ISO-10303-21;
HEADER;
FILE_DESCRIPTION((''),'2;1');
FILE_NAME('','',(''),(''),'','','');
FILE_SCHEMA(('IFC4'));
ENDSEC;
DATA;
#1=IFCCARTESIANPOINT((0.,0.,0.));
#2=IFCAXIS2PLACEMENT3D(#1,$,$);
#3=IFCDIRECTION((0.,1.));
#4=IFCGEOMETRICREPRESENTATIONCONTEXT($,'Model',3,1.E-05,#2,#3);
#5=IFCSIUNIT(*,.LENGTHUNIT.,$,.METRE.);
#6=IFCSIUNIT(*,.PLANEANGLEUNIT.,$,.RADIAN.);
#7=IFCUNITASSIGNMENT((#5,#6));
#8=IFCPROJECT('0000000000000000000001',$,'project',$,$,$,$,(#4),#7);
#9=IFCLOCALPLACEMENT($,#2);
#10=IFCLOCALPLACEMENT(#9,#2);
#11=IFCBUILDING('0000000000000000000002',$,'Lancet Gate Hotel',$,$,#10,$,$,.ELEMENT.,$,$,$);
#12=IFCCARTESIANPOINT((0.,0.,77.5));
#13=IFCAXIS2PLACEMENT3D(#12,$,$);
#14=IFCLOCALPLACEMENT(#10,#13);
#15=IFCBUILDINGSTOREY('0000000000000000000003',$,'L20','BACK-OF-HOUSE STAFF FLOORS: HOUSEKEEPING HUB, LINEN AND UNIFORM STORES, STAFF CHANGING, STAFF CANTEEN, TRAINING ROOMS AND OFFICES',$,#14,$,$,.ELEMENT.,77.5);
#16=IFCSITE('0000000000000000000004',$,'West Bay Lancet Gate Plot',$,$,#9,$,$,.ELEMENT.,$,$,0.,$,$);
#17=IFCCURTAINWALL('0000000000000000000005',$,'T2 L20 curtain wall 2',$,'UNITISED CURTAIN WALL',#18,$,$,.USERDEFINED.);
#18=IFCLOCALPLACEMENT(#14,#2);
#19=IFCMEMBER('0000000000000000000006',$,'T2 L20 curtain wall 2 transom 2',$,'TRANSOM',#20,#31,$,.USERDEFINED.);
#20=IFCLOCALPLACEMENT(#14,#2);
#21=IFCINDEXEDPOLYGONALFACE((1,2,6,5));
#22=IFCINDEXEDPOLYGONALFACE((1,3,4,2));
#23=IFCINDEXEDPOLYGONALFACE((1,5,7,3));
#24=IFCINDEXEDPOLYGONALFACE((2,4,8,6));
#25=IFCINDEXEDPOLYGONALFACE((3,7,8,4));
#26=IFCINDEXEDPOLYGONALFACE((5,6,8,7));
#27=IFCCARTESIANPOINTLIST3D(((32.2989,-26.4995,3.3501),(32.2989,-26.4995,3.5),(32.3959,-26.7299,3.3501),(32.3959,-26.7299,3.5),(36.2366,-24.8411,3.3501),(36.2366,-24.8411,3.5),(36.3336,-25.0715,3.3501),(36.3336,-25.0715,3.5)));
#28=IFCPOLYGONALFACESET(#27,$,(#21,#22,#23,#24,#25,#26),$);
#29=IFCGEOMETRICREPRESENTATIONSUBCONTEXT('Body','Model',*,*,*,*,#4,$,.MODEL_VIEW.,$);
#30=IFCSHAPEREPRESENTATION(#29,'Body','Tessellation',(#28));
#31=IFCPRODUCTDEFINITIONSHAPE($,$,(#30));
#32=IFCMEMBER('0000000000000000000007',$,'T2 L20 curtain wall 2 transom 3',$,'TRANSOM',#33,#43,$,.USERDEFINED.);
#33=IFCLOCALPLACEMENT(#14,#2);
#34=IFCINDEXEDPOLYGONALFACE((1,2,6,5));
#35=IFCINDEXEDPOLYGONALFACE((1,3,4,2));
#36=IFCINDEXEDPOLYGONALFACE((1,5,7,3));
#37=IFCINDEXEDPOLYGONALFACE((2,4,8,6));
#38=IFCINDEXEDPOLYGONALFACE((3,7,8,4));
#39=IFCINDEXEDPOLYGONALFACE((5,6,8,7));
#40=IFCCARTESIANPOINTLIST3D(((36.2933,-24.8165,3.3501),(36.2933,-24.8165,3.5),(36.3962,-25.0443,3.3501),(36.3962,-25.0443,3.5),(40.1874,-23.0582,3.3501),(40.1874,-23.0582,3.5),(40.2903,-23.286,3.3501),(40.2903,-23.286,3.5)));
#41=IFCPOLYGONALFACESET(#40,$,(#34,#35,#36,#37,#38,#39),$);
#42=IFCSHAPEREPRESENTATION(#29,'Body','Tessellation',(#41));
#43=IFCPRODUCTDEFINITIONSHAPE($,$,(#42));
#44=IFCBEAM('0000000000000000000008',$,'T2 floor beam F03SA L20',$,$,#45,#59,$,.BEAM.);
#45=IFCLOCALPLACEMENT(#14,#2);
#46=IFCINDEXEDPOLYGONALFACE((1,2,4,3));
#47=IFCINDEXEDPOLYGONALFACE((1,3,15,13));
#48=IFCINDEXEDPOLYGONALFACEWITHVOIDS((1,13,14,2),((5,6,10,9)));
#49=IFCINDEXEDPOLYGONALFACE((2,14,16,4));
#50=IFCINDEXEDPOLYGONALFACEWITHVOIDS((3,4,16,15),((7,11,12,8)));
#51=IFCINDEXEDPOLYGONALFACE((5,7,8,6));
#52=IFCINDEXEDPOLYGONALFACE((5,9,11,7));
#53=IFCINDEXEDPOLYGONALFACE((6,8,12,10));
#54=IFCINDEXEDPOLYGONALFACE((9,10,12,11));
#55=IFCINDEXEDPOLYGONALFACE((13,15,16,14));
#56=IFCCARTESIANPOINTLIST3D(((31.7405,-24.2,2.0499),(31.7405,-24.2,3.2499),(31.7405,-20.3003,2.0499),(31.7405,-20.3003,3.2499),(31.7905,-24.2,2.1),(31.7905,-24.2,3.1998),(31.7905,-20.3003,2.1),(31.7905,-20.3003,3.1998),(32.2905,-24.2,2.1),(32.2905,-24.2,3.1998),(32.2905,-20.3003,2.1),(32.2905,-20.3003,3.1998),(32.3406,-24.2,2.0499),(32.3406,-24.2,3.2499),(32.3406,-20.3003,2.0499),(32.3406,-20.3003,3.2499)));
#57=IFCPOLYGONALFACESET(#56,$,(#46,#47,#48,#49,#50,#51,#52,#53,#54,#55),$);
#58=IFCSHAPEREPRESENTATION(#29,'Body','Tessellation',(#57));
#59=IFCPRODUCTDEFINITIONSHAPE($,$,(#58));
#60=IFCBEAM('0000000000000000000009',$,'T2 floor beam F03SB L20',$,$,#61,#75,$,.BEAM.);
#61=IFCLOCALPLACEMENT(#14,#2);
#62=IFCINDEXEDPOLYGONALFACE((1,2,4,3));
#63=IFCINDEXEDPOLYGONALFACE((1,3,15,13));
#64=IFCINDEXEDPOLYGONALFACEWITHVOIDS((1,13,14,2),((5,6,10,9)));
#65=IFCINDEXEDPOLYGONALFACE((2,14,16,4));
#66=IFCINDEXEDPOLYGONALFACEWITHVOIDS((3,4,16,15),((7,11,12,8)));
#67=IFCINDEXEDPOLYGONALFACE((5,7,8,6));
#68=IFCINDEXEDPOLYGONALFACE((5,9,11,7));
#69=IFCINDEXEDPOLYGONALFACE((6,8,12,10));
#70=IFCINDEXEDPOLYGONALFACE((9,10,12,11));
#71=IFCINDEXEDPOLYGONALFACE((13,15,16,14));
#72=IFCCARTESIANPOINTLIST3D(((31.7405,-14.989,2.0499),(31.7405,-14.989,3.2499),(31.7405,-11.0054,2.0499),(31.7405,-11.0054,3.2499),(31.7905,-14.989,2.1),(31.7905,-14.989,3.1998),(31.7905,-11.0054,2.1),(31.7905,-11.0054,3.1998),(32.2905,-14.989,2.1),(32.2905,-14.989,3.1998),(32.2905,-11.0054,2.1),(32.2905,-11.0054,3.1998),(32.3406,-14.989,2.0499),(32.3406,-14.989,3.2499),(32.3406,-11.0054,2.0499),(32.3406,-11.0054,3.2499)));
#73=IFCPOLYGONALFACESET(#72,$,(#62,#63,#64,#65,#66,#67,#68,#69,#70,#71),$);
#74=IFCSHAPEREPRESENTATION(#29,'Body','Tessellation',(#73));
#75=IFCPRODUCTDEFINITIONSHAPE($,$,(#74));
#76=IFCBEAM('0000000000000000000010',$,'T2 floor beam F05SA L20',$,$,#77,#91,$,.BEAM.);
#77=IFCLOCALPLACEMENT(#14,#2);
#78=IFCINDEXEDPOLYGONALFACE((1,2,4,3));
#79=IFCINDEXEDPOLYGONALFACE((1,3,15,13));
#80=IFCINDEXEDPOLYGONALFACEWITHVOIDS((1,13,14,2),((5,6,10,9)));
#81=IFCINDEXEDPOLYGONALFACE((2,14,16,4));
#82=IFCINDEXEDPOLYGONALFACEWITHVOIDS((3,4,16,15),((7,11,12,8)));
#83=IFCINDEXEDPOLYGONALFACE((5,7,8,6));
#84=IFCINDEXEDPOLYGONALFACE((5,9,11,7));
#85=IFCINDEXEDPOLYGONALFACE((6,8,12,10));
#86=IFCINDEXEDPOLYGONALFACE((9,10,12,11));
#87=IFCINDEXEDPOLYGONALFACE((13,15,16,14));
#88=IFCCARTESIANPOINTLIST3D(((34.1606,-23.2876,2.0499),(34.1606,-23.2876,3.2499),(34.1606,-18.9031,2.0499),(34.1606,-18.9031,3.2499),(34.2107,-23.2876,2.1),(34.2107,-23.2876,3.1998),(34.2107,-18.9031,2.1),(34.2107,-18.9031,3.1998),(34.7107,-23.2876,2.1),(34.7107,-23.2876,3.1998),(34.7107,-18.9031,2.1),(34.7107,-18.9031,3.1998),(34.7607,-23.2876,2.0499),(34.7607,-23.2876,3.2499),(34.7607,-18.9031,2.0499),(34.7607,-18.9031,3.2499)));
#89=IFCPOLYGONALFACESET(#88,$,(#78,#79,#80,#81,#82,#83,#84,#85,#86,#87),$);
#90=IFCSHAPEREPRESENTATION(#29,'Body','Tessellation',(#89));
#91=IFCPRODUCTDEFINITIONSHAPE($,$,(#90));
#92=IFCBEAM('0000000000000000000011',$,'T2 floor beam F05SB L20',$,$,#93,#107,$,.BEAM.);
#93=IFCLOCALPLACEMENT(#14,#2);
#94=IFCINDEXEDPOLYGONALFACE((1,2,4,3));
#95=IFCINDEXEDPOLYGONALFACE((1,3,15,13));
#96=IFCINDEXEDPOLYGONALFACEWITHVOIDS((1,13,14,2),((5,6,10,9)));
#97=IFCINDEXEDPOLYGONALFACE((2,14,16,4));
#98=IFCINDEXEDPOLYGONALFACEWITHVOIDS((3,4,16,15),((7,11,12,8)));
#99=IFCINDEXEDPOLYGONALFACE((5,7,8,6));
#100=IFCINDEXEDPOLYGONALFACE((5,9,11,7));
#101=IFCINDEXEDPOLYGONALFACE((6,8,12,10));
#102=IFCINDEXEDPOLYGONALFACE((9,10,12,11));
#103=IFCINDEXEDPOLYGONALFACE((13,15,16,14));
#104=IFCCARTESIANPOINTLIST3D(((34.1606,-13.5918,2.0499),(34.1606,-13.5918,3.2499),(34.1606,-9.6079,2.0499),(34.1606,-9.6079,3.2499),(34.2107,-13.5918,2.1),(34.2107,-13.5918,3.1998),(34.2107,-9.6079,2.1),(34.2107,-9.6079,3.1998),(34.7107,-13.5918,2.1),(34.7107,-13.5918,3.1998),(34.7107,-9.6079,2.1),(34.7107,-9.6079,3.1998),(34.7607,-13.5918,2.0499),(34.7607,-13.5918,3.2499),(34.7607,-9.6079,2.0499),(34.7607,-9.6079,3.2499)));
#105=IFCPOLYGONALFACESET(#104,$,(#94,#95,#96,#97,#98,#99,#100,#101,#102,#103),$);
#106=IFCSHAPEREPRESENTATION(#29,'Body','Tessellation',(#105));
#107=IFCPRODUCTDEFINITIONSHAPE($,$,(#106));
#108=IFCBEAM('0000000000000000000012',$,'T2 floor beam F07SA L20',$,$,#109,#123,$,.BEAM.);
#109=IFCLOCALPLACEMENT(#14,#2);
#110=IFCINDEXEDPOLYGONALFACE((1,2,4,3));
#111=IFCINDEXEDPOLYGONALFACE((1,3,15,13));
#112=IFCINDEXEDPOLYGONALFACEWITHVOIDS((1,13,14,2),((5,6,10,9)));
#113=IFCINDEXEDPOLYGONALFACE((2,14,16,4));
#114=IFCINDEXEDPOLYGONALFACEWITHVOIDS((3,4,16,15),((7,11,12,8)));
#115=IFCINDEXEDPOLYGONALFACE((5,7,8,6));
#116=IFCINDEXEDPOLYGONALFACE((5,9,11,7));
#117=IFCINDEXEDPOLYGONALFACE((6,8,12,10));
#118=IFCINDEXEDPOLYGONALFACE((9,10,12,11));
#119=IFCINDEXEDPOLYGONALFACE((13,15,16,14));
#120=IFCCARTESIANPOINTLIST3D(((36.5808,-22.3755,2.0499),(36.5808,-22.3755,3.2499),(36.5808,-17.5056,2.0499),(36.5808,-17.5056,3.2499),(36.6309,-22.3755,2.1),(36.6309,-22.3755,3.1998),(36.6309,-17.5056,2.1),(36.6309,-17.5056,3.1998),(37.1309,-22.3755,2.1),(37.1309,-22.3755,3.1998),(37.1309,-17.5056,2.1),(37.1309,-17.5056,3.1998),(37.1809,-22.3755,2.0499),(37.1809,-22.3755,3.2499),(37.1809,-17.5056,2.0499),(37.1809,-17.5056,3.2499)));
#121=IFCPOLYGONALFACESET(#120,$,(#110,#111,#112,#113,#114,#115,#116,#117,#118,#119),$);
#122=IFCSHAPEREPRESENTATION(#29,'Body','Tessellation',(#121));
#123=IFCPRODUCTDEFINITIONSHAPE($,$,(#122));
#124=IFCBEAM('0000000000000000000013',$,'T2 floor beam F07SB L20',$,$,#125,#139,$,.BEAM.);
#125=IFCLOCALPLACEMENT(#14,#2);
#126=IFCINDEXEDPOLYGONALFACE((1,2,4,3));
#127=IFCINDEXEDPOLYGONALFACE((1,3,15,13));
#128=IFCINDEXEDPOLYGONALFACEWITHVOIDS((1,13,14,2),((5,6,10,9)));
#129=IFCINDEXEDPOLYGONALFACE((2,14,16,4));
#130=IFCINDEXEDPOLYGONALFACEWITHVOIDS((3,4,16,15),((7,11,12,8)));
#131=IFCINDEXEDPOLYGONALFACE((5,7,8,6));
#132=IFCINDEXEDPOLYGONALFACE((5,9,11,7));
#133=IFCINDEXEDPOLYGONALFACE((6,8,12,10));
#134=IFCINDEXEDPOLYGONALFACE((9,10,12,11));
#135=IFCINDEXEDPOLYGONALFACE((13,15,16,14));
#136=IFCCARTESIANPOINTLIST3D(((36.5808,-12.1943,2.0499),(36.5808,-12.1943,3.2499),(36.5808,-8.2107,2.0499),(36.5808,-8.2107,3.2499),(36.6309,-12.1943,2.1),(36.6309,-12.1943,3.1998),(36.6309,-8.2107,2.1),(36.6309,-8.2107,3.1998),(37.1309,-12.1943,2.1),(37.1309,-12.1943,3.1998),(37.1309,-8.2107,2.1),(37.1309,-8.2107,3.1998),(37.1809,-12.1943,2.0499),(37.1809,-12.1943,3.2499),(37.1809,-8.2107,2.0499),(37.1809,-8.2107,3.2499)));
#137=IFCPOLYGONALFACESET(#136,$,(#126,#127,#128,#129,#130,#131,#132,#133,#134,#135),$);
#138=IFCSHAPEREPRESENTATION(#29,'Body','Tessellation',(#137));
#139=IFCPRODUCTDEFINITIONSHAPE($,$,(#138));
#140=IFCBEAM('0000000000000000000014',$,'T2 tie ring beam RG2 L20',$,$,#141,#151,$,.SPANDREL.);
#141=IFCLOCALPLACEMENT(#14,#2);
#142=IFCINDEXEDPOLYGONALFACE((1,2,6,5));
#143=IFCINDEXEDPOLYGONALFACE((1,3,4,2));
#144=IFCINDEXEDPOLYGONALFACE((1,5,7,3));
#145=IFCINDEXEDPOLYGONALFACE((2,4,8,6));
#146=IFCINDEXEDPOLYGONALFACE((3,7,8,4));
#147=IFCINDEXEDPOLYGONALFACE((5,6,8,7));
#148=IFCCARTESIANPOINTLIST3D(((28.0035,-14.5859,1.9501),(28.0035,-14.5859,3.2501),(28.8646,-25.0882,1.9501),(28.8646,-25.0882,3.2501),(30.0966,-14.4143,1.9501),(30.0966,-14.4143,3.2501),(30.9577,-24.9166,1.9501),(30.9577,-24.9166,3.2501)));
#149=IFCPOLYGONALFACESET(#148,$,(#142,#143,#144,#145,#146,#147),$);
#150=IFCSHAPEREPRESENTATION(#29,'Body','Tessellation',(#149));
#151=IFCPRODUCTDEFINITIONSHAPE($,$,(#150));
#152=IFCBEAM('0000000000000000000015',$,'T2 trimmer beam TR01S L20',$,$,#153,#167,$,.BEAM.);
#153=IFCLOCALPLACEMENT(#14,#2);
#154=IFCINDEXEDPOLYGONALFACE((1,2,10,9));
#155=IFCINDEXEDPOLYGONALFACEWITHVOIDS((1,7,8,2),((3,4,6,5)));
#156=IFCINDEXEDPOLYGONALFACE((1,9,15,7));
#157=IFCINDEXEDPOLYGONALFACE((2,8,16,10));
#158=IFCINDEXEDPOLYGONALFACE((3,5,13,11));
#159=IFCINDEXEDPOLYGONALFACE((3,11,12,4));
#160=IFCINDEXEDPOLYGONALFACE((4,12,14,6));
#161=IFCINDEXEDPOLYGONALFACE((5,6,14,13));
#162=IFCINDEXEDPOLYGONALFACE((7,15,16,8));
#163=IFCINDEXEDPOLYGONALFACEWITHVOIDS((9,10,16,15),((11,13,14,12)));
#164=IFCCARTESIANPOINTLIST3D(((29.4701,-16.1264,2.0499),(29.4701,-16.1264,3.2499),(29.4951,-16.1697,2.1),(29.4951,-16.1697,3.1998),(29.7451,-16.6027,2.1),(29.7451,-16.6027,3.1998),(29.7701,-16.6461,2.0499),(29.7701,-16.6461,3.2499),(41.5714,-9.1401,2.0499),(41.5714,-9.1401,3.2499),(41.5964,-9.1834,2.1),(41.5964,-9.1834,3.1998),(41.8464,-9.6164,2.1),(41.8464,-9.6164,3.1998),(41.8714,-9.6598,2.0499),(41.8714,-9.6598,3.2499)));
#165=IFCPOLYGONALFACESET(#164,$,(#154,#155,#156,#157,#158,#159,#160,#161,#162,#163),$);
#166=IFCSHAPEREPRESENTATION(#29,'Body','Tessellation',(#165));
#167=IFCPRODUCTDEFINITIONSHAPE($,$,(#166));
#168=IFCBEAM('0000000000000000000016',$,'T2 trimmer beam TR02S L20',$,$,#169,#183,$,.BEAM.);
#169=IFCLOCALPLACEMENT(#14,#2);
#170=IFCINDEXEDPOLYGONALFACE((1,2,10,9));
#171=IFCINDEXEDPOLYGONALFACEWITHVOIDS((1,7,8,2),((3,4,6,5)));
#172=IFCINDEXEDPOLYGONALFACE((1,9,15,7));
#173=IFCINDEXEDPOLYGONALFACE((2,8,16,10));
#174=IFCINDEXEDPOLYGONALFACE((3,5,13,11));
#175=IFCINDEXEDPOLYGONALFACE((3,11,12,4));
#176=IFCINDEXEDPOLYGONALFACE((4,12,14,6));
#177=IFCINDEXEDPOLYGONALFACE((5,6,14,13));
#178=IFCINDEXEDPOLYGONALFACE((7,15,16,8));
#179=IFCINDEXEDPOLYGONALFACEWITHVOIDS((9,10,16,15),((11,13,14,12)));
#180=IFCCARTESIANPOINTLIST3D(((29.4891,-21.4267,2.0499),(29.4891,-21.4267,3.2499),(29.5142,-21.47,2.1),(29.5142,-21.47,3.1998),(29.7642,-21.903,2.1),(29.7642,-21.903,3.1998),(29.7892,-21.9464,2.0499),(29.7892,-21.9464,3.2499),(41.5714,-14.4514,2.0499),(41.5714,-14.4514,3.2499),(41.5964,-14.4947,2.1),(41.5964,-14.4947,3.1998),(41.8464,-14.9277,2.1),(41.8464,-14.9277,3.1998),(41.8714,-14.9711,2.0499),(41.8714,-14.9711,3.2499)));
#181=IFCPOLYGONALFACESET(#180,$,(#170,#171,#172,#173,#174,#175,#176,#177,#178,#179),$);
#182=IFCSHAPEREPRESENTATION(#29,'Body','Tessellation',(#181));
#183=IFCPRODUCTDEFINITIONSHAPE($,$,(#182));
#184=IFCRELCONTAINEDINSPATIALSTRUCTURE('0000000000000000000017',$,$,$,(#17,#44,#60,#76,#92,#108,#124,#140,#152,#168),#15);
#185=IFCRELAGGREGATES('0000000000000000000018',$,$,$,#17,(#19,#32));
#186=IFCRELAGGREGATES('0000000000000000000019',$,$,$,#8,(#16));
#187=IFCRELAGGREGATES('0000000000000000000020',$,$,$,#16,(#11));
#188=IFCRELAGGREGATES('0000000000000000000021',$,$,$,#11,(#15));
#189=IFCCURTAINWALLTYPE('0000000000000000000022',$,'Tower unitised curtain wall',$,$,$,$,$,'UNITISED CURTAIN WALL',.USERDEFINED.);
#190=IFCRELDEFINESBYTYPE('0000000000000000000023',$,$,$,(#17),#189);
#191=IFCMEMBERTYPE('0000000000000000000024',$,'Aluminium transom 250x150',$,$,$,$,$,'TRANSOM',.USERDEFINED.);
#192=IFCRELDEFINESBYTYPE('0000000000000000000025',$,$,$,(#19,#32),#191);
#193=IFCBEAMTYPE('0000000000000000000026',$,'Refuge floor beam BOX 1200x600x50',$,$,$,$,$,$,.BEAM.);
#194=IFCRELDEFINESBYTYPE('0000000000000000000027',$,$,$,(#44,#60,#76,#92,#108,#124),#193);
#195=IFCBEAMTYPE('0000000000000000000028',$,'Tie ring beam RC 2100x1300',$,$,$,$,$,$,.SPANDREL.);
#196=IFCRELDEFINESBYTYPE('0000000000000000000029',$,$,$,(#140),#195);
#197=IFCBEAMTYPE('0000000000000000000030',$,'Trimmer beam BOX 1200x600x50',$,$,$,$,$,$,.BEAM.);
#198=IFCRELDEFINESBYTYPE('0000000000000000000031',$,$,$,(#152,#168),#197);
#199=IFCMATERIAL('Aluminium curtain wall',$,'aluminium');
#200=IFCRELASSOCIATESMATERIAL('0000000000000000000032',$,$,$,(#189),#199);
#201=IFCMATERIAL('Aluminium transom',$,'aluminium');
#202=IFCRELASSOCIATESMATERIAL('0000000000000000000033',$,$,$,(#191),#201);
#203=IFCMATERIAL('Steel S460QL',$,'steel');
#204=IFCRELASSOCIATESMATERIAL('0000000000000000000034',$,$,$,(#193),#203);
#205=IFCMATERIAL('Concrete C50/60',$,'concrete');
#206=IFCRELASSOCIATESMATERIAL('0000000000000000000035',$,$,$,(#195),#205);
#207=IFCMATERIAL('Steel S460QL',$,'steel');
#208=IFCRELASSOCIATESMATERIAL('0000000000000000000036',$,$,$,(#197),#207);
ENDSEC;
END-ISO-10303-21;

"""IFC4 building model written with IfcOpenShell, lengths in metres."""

from ifc_helpers import new_model, si_unit, direction, frame, origin, origin_2d, place, context, subcontext, project, spatial, rectangle, hollow_rectangle, extrude, material, material_profile, profile_set, type_object, element, aggregate, save


model = new_model("IFC4")

# Units and contexts
model_context = context("Model", 3, precision=1e-05, world=origin(), true_north=direction((0.0, 1.0)))
body_context = subcontext(model_context, "Body", "Model", "MODEL_VIEW")
ifc_project = project(units=[si_unit("LENGTHUNIT", "METRE"), si_unit("PLANEANGLEUNIT", "RADIAN")], contexts=[model_context])

# Site, building, storey
site_placement = place(None, origin())
site = spatial("IfcSite", under=ifc_project, at=site_placement, Name="West Bay Lancet Gate Plot", CompositionType="ELEMENT", RefElevation=0.0)
building_placement = place(site_placement, origin())
building = spatial("IfcBuilding", under=site, at=building_placement, Name="Lancet Gate Hotel", CompositionType="ELEMENT")
storey_placement = place(building_placement, frame((0.0, 0.0, 77.5)))
storey = spatial("IfcBuildingStorey", under=building, at=storey_placement, Name="L20", Description="BACK-OF-HOUSE STAFF FLOORS: HOUSEKEEPING HUB, LINEN AND UNIFORM STORES, STAFF CHANGING, STAFF CANTEEN, TRAINING ROOMS AND OFFICES", CompositionType="ELEMENT", Elevation=77.5)

# Curtain wall, members
ifc_material_1 = material(Name="Aluminium curtain wall", Category="aluminium")
curtain_wall_type = type_object("IfcCurtainWallType", Name="Tower unitised curtain wall", ElementType="UNITISED CURTAIN WALL", PredefinedType="USERDEFINED", material=ifc_material_1)
curtain_wall_placement = place(storey_placement, origin())
curtain_wall = element("IfcCurtainWall", 1, at=curtain_wall_placement, inside=storey, type_object=curtain_wall_type, Name="T2 L20 curtain wall 2", ObjectType="UNITISED CURTAIN WALL", PredefinedType="USERDEFINED")
ifc_material_2 = material(Name="Aluminium transom", Category="aluminium")
ifc_material_profile_1 = material_profile(ifc_material_2, rectangle(XDim=0.25, YDim=0.1499, at=origin_2d()), Name="TRANSOM 250x150")
ifc_profile_set_1 = profile_set([ifc_material_profile_1], Name="Aluminium transom")
member_type_1 = type_object("IfcMemberType", Name="Aluminium transom 250x150", ElementType="TRANSOM", PredefinedType="USERDEFINED", material=ifc_profile_set_1)
member_1_placement = place(storey_placement, frame((32.3474, -26.6147, 3.425), z_axis=(0.921598, 0.388146, 0.0), x_axis=(-0.388146, 0.921598, 0.0)))
member_1 = element("IfcMember", 2, at=member_1_placement, type_object=member_type_1, Name="T2 L20 curtain wall 2 transom 2", ObjectType="TRANSOM", PredefinedType="USERDEFINED", context=body_context, shape_type="SweptSolid", body=[
    extrude(rectangle(XDim=0.25, YDim=0.1499, at=origin_2d()), origin(), (0.0, 0.0, 1.0), 4.2727),
])
member_2_placement = place(storey_placement, frame((36.3447, -24.9304, 3.425), z_axis=(0.911397, 0.411529, 0.0), x_axis=(-0.411529, 0.911397, 0.0)))
member_2 = element("IfcMember", 3, at=member_2_placement, type_object=member_type_1, Name="T2 L20 curtain wall 2 transom 3", ObjectType="TRANSOM", PredefinedType="USERDEFINED", context=body_context, shape_type="SweptSolid", body=[
    extrude(rectangle(XDim=0.25, YDim=0.1499, at=origin_2d()), origin(), (0.0, 0.0, 1.0), 4.2727),
])

# Beams
ifc_material_3 = material(Name="Steel S460QL", Category="steel")
ifc_material_profile_2 = material_profile(ifc_material_3, hollow_rectangle(XDim=0.6001, YDim=1.2, WallThickness=0.05, at=origin_2d()), Name="BOX 1200x600x50")
ifc_profile_set_2 = profile_set([ifc_material_profile_2], Name="Steel S460QL")
beam_type_1 = type_object("IfcBeamType", Name="Refuge floor beam BOX 1200x600x50", PredefinedType="BEAM", material=ifc_profile_set_2)
beam_1_placement = place(storey_placement, frame((32.0405, -24.2, 2.6499), z_axis=(0.0, 1.0, 0.0), x_axis=(-1.0, 0.0, 0.0)))
element("IfcBeam", 4, at=beam_1_placement, inside=storey, type_object=beam_type_1, Name="T2 floor beam F03SA L20", PredefinedType="BEAM", context=body_context, shape_type="SweptSolid", body=[
    extrude(hollow_rectangle(XDim=0.6001, YDim=1.2, WallThickness=0.05, at=origin_2d()), origin(), (0.0, 0.0, 1.0), 3.8997),
])
beam_2_placement = place(storey_placement, frame((32.0405, -14.989, 2.6499), z_axis=(0.0, 1.0, 0.0), x_axis=(-1.0, 0.0, 0.0)))
element("IfcBeam", 5, at=beam_2_placement, inside=storey, type_object=beam_type_1, Name="T2 floor beam F03SB L20", PredefinedType="BEAM", context=body_context, shape_type="SweptSolid", body=[
    extrude(hollow_rectangle(XDim=0.6001, YDim=1.2, WallThickness=0.05, at=origin_2d()), origin(), (0.0, 0.0, 1.0), 3.9836),
])
beam_3_placement = place(storey_placement, frame((34.4607, -23.2876, 2.6499), z_axis=(0.0, 1.0, 0.0), x_axis=(-1.0, 0.0, 0.0)))
element("IfcBeam", 6, at=beam_3_placement, inside=storey, type_object=beam_type_1, Name="T2 floor beam F05SA L20", PredefinedType="BEAM", context=body_context, shape_type="SweptSolid", body=[
    extrude(hollow_rectangle(XDim=0.6001, YDim=1.2, WallThickness=0.05, at=origin_2d()), origin(), (0.0, 0.0, 1.0), 4.3845),
])
beam_4_placement = place(storey_placement, frame((34.4607, -13.5918, 2.6499), z_axis=(0.0, 1.0, 0.0), x_axis=(-1.0, 0.0, 0.0)))
element("IfcBeam", 7, at=beam_4_placement, inside=storey, type_object=beam_type_1, Name="T2 floor beam F05SB L20", PredefinedType="BEAM", context=body_context, shape_type="SweptSolid", body=[
    extrude(hollow_rectangle(XDim=0.6001, YDim=1.2, WallThickness=0.05, at=origin_2d()), origin(), (0.0, 0.0, 1.0), 3.9839),
])
beam_5_placement = place(storey_placement, frame((36.8809, -22.3755, 2.6499), z_axis=(0.0, 1.0, 0.0), x_axis=(-1.0, 0.0, 0.0)))
element("IfcBeam", 8, at=beam_5_placement, inside=storey, type_object=beam_type_1, Name="T2 floor beam F07SA L20", PredefinedType="BEAM", context=body_context, shape_type="SweptSolid", body=[
    extrude(hollow_rectangle(XDim=0.6001, YDim=1.2, WallThickness=0.05, at=origin_2d()), origin(), (0.0, 0.0, 1.0), 4.8699),
])
beam_6_placement = place(storey_placement, frame((36.8809, -12.1943, 2.6499), z_axis=(0.0, 1.0, 0.0), x_axis=(-1.0, 0.0, 0.0)))
element("IfcBeam", 9, at=beam_6_placement, inside=storey, type_object=beam_type_1, Name="T2 floor beam F07SB L20", PredefinedType="BEAM", context=body_context, shape_type="SweptSolid", body=[
    extrude(hollow_rectangle(XDim=0.6001, YDim=1.2, WallThickness=0.05, at=origin_2d()), origin(), (0.0, 0.0, 1.0), 3.9836),
])
ifc_material_4 = material(Name="Concrete C50/60", Category="concrete")
ifc_material_profile_3 = material_profile(ifc_material_4, rectangle(XDim=2.1001, YDim=1.3, at=origin_2d()), Name="RC 2100x1300")
ifc_profile_set_3 = profile_set([ifc_material_profile_3], Name="Concrete C50/60")
beam_type_2 = type_object("IfcBeamType", Name="Tie ring beam RC 2100x1300", PredefinedType="SPANDREL", material=ifc_profile_set_3)
beam_7_placement = place(storey_placement, frame((29.9111, -25.0024, 2.6001), z_axis=(-0.081715, 0.996656, 0.0), x_axis=(-0.996656, -0.081715, 0.0)))
element("IfcBeam", 10, at=beam_7_placement, inside=storey, type_object=beam_type_2, Name="T2 tie ring beam RG2 L20", PredefinedType="SPANDREL", context=body_context, shape_type="SweptSolid", body=[
    extrude(rectangle(XDim=2.1001, YDim=1.3, at=origin_2d()), origin(), (0.0, 0.0, 1.0), 10.5376),
])
ifc_material_5 = material(Name="Steel S460QL", Category="steel")
ifc_material_profile_4 = material_profile(ifc_material_5, hollow_rectangle(XDim=0.6001, YDim=1.2, WallThickness=0.05, at=origin_2d()), Name="BOX 1200x600x50")
ifc_profile_set_4 = profile_set([ifc_material_profile_4], Name="Steel S460QL")
beam_type_3 = type_object("IfcBeamType", Name="Trimmer beam BOX 1200x600x50", PredefinedType="BEAM", material=ifc_profile_set_4)
beam_8_placement = place(storey_placement, frame((29.6201, -16.3862, 2.6499), z_axis=(0.866037, 0.49998, 0.0), x_axis=(-0.49998, 0.866037, 0.0)))
element("IfcBeam", 11, at=beam_8_placement, inside=storey, type_object=beam_type_3, Name="T2 trimmer beam TR01S L20", PredefinedType="BEAM", context=body_context, shape_type="SweptSolid", body=[
    extrude(hollow_rectangle(XDim=0.6001, YDim=1.2, WallThickness=0.05, at=origin_2d()), origin(), (0.0, 0.0, 1.0), 13.9731),
])
beam_9_placement = place(storey_placement, frame((29.6392, -21.6865, 2.6499), z_axis=(0.866037, 0.49998, 0.0), x_axis=(-0.49998, 0.866037, 0.0)))
element("IfcBeam", 12, at=beam_9_placement, inside=storey, type_object=beam_type_3, Name="T2 trimmer beam TR02S L20", PredefinedType="BEAM", context=body_context, shape_type="SweptSolid", body=[
    extrude(hollow_rectangle(XDim=0.6001, YDim=1.2, WallThickness=0.05, at=origin_2d()), origin(), (0.0, 0.0, 1.0), 13.9512),
])

aggregate(curtain_wall, [member_1, member_2])

save(model, "model.ifc")
